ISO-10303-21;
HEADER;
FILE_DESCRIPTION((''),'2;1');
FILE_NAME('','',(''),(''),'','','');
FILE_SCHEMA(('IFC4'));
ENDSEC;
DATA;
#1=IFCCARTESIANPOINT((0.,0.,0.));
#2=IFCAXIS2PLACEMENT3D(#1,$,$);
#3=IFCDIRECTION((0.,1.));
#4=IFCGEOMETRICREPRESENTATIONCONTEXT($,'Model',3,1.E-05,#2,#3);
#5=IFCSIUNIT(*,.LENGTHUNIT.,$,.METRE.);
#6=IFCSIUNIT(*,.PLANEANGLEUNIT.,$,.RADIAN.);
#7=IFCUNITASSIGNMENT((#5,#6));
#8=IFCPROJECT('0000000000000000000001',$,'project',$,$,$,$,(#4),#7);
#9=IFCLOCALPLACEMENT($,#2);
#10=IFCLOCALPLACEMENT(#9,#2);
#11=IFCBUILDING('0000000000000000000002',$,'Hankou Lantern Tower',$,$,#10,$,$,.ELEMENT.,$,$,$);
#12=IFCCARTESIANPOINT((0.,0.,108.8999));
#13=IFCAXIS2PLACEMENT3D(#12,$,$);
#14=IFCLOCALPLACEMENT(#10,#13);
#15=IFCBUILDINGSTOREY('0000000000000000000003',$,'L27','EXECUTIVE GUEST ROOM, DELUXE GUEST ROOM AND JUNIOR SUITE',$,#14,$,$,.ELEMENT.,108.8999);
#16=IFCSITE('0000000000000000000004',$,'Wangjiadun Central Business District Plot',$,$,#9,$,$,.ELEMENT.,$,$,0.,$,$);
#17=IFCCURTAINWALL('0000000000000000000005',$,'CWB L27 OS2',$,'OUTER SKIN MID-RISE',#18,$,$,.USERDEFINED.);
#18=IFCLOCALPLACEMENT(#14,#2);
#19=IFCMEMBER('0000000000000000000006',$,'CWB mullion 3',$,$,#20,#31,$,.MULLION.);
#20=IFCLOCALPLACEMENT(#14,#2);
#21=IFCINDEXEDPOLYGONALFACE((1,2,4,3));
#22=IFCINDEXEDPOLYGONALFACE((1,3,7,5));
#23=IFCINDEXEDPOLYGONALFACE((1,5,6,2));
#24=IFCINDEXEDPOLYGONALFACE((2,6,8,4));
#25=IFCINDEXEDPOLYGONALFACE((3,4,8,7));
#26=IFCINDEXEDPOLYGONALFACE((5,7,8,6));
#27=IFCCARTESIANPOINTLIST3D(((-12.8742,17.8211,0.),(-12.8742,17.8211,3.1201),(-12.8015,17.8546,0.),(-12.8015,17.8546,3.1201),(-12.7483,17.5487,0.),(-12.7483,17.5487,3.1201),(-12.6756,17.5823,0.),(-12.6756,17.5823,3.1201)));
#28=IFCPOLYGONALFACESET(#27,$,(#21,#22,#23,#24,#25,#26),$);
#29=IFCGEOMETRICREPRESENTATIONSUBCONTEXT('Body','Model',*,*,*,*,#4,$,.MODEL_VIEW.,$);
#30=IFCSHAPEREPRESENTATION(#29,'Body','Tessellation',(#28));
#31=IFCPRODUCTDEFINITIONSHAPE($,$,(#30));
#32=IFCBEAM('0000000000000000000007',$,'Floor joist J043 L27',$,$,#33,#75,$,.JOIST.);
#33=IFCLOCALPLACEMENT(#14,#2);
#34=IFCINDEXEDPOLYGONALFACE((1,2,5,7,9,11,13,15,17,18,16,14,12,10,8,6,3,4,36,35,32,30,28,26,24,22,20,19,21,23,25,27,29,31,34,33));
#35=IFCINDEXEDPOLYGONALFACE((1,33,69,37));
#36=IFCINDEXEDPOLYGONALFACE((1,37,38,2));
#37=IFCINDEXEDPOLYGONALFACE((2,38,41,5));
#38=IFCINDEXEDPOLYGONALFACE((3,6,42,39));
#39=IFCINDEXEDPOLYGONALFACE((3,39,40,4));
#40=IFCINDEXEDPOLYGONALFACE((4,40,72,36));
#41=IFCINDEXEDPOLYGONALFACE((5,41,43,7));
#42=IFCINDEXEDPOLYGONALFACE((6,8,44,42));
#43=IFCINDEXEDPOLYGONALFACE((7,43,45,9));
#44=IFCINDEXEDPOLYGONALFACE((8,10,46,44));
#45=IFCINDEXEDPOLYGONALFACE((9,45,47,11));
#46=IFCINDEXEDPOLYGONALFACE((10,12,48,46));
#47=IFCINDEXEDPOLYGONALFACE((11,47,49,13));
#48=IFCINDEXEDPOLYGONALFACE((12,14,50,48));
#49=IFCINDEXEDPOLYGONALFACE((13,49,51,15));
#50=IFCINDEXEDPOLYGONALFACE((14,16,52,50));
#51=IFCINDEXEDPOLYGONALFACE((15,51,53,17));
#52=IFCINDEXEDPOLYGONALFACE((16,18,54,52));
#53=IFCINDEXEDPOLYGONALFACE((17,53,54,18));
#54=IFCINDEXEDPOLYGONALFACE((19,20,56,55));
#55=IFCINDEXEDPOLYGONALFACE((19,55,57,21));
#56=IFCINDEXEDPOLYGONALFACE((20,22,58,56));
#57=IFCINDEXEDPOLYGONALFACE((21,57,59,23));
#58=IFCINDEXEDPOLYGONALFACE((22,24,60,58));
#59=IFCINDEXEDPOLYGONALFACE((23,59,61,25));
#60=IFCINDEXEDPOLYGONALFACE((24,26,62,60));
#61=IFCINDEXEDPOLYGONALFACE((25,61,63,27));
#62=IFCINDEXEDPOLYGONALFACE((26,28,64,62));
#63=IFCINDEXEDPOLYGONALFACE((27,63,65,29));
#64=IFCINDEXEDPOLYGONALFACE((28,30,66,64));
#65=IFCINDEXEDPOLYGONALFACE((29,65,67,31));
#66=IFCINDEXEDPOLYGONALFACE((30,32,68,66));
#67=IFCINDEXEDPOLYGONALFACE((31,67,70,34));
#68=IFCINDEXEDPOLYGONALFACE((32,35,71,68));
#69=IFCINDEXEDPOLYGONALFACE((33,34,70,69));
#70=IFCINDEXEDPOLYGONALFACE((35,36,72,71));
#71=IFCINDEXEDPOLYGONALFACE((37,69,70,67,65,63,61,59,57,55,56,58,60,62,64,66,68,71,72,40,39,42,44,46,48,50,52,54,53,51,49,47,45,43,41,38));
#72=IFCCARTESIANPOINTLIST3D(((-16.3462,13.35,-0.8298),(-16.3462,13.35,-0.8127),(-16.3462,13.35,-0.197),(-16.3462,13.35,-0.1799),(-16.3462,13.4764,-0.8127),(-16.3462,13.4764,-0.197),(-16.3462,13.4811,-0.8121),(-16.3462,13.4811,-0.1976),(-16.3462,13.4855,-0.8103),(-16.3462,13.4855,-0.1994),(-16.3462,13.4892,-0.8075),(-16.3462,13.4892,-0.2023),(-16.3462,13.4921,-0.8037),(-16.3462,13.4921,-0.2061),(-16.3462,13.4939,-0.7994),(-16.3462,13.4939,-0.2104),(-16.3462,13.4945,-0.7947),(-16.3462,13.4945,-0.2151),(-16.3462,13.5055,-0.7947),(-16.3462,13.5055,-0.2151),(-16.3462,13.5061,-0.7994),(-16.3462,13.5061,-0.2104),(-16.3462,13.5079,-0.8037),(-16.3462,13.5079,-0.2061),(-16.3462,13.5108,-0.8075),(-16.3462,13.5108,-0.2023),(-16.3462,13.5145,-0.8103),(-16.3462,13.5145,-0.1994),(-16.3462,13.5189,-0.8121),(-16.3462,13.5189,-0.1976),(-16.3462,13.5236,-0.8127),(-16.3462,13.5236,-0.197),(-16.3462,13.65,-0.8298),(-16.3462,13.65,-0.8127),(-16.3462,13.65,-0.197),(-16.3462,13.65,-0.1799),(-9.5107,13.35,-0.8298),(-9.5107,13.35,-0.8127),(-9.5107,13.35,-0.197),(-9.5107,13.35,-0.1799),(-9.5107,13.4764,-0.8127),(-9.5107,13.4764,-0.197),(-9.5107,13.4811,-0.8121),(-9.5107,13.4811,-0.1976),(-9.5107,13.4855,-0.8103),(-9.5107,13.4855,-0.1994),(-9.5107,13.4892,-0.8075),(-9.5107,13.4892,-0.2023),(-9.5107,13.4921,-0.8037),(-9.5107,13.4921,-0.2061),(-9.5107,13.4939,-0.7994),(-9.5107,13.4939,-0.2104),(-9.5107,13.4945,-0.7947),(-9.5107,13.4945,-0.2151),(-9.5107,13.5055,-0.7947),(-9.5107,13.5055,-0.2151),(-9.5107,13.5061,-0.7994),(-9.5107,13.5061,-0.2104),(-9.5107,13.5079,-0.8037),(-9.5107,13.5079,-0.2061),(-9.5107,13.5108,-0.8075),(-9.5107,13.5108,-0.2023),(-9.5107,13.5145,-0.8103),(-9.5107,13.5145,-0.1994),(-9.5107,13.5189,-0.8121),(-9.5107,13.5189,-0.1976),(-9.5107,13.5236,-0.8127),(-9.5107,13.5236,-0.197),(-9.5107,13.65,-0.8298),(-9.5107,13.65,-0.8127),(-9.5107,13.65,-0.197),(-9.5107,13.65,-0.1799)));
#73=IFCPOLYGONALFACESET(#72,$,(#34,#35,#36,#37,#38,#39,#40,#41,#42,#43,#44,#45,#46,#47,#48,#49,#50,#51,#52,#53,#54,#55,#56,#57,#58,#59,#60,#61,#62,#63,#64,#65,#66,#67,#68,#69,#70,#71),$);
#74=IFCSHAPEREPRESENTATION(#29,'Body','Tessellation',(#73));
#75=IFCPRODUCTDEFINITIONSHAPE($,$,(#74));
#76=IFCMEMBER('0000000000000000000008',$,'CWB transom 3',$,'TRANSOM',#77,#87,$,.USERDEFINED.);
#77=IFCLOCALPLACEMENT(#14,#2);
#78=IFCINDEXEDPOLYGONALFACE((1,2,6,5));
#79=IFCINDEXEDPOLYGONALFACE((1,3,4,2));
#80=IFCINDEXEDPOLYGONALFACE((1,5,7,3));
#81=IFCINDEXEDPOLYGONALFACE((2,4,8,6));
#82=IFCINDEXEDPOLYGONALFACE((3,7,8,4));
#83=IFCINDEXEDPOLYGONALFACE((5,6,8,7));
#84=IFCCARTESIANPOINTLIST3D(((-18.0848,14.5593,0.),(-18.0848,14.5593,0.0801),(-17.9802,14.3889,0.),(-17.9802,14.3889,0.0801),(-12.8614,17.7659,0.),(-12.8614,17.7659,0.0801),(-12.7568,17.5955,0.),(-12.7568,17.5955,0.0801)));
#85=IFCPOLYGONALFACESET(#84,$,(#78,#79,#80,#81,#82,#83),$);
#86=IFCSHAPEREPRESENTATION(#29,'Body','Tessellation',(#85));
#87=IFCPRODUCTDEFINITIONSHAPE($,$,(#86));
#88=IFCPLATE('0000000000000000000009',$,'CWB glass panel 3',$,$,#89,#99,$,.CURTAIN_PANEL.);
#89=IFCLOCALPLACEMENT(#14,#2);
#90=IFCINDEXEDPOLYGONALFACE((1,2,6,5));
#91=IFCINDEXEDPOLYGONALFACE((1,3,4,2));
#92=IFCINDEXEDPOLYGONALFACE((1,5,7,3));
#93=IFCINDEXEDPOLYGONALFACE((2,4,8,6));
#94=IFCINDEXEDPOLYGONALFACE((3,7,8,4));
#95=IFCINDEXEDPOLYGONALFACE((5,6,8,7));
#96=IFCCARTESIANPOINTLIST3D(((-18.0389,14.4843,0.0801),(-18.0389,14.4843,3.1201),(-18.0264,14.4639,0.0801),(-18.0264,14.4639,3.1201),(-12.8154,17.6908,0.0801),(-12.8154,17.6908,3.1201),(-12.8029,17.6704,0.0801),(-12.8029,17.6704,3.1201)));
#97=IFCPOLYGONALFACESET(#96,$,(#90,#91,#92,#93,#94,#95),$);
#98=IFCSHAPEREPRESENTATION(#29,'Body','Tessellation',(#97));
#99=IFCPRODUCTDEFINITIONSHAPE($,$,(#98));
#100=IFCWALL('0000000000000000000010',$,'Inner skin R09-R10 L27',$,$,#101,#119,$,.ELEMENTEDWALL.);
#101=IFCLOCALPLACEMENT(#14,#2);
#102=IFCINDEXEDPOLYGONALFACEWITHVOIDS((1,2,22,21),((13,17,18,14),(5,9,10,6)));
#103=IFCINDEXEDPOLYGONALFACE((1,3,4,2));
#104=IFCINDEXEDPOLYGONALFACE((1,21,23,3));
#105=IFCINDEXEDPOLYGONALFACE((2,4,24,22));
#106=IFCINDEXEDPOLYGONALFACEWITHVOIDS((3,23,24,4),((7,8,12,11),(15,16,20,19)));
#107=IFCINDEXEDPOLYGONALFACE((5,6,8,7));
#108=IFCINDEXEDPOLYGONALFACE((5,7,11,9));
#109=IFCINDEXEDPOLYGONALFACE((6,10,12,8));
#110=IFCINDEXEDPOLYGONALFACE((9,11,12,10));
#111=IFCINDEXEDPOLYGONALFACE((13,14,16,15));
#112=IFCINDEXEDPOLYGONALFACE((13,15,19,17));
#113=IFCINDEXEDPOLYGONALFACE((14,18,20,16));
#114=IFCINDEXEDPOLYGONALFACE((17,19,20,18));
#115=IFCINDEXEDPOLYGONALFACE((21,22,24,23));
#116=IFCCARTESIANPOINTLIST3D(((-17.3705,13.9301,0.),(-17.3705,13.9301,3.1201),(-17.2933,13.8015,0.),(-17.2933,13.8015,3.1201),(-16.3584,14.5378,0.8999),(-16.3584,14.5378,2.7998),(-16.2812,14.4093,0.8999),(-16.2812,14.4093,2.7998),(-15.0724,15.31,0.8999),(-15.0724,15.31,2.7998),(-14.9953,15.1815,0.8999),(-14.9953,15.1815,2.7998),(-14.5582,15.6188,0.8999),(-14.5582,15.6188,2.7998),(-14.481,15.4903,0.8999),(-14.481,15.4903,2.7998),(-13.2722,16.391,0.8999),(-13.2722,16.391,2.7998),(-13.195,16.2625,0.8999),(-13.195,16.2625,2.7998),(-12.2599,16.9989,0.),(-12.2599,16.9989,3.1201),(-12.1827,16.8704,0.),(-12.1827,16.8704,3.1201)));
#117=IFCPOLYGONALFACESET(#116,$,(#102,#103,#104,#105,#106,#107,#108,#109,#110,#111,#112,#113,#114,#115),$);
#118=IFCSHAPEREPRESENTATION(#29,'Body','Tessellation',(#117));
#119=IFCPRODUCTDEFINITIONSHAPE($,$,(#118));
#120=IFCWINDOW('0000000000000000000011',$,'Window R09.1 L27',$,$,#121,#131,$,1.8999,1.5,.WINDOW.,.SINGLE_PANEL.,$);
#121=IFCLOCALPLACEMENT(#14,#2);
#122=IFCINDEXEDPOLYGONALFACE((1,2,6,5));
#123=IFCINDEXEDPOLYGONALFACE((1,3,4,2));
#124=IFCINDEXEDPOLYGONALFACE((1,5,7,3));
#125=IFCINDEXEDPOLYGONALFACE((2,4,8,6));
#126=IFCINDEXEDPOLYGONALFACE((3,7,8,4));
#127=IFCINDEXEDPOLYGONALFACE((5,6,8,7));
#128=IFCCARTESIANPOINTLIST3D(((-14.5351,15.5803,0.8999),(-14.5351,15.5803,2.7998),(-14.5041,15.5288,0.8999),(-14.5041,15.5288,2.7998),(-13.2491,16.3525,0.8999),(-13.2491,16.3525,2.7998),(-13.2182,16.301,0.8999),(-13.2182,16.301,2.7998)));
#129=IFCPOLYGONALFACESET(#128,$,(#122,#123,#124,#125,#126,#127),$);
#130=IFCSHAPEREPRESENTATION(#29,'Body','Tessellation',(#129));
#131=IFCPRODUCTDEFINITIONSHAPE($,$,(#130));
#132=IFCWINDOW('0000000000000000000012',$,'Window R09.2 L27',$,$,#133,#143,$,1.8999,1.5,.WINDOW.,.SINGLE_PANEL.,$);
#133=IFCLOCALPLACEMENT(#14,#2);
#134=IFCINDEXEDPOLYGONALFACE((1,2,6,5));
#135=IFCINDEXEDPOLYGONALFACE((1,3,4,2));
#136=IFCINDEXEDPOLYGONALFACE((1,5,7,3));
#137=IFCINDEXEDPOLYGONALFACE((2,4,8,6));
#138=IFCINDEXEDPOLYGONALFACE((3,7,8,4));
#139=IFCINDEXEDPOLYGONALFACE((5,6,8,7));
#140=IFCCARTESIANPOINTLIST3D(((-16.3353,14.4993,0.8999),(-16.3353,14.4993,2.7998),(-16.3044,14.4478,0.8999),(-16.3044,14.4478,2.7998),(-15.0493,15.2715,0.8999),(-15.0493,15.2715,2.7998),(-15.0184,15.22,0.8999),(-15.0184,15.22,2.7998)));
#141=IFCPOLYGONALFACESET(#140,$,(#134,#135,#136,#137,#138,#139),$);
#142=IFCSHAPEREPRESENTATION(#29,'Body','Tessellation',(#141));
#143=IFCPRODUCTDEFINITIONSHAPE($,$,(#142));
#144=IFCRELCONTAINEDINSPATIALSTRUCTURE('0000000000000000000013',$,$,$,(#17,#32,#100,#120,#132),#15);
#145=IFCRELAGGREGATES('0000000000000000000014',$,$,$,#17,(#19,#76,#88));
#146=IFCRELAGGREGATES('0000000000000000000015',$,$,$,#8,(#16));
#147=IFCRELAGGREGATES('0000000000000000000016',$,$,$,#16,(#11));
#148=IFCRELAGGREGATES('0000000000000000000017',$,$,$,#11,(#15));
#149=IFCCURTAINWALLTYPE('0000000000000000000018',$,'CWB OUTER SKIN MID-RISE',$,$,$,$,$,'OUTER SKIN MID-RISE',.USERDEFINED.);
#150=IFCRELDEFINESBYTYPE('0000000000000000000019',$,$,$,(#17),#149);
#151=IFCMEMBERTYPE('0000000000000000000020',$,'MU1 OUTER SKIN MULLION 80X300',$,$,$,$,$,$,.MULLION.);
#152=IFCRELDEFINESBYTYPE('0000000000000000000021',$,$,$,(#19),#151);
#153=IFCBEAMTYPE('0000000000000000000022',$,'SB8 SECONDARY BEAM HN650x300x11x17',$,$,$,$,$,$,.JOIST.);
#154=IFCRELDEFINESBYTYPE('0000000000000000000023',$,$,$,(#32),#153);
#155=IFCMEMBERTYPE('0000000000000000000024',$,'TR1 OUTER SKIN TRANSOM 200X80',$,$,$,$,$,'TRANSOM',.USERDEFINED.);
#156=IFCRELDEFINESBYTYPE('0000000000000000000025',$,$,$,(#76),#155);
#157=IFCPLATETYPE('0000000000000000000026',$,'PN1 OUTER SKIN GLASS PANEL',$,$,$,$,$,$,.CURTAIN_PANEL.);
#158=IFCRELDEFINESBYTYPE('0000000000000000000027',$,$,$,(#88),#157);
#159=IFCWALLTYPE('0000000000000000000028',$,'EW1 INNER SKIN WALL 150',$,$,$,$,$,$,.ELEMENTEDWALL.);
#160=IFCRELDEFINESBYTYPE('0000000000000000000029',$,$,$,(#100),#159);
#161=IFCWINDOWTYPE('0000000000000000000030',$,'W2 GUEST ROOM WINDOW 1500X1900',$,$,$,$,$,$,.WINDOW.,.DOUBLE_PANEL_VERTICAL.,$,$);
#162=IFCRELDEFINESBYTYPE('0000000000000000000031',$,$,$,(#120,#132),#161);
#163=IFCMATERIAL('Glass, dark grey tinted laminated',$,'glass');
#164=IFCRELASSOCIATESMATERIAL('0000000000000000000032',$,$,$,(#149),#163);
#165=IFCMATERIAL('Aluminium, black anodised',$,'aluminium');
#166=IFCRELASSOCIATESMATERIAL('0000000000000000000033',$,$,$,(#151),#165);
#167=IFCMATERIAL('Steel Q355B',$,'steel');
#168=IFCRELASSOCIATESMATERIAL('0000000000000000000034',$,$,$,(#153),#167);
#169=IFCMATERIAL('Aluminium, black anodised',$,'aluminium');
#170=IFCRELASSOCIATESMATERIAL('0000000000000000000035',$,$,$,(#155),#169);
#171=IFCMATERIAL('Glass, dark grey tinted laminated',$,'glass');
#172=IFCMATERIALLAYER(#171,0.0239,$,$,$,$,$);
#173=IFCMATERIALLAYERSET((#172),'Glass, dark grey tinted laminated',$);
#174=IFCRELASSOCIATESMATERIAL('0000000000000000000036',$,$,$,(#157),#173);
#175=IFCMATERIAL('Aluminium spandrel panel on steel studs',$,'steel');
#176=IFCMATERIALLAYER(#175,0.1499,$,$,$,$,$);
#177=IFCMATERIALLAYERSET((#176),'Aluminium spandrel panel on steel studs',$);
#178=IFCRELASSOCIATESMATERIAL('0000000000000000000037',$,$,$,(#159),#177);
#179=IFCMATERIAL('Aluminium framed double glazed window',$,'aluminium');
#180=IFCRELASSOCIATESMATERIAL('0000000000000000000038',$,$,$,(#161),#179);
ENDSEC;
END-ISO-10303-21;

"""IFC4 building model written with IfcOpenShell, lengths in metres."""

from ifc_helpers import new_model, si_unit, direction, frame, frame_2d, origin, origin_2d, place, context, subcontext, project, spatial, rectangle, i_section, extrude, material, layer, layer_set, material_profile, profile_set, type_object, element, fill, aggregate, save


model = new_model("IFC4")

# Units and contexts
model_context = context("Model", 3, precision=1e-05, world=origin(), true_north=direction((0.0, 1.0)))
body_context = subcontext(model_context, "Body", "Model", "MODEL_VIEW")
ifc_project = project(units=[si_unit("LENGTHUNIT", "METRE"), si_unit("PLANEANGLEUNIT", "RADIAN")], contexts=[model_context])

# Site, building, storey
site_placement = place(None, origin())
site = spatial("IfcSite", under=ifc_project, at=site_placement, Name="Wangjiadun Central Business District Plot", CompositionType="ELEMENT", RefElevation=0.0)
building_placement = place(site_placement, origin())
building = spatial("IfcBuilding", under=site, at=building_placement, Name="Hankou Lantern Tower", CompositionType="ELEMENT")
storey_placement = place(building_placement, frame((0.0, 0.0, 108.8999)))
storey = spatial("IfcBuildingStorey", under=building, at=storey_placement, Name="L27", Description="EXECUTIVE GUEST ROOM, DELUXE GUEST ROOM AND JUNIOR SUITE", CompositionType="ELEMENT", Elevation=108.8999)

# Curtain wall, member
ifc_material_1 = material(Name="Glass, dark grey tinted laminated", Category="glass")
curtain_wall_type = type_object("IfcCurtainWallType", Name="CWB OUTER SKIN MID-RISE", ElementType="OUTER SKIN MID-RISE", PredefinedType="USERDEFINED", material=ifc_material_1)
curtain_wall_placement = place(storey_placement, origin())
curtain_wall = element("IfcCurtainWall", 1, at=curtain_wall_placement, inside=storey, type_object=curtain_wall_type, Name="CWB L27 OS2", ObjectType="OUTER SKIN MID-RISE", PredefinedType="USERDEFINED")
ifc_material_2 = material(Name="Aluminium, black anodised", Category="aluminium")
ifc_material_profile_1 = material_profile(ifc_material_2, rectangle(XDim=0.0801, YDim=0.3, at=origin_2d()), Name="MU1 80X300")
ifc_profile_set_1 = profile_set([ifc_material_profile_1], Name="Aluminium, black anodised")
member_type_1 = type_object("IfcMemberType", Name="MU1 OUTER SKIN MULLION 80X300", PredefinedType="MULLION", material=ifc_profile_set_1)
member_1_placement = place(storey_placement, frame((-12.7749, 17.7017, 0.0), z_axis=(0.0, 0.0, 1.0), x_axis=(-0.907841, -0.419314, 0.0)))
member_1 = element("IfcMember", 2, at=member_1_placement, type_object=member_type_1, Name="CWB mullion 3", PredefinedType="MULLION", context=body_context, shape_type="SweptSolid", body=[
    extrude(rectangle(XDim=0.0801, YDim=0.3, at=origin_2d()), origin(), (0.0, 0.0, 1.0), 3.1201),
])

# Beam
ifc_material_3 = material(Name="Steel Q355B", Category="steel")
ifc_material_profile_2 = material_profile(ifc_material_3, i_section(OverallWidth=0.3, OverallDepth=0.6499, WebThickness=0.011, FlangeThickness=0.0171, FilletRadius=0.0181, at=origin_2d()), Name="HN650x300x11x17")
ifc_profile_set_2 = profile_set([ifc_material_profile_2], Name="Steel Q355B")
beam_type = type_object("IfcBeamType", Name="SB8 SECONDARY BEAM HN650x300x11x17", PredefinedType="JOIST", material=ifc_profile_set_2)
beam_placement = place(storey_placement, frame((-16.3462, 13.5, -0.5049), z_axis=(1.0, 0.0, 0.0), x_axis=(0.0, 1.0, 0.0)))
element("IfcBeam", 3, at=beam_placement, inside=storey, type_object=beam_type, Name="Floor joist J043 L27", PredefinedType="JOIST", context=body_context, shape_type="SweptSolid", body=[
    extrude(i_section(OverallWidth=0.3, OverallDepth=0.6499, WebThickness=0.011, FlangeThickness=0.0171, FilletRadius=0.0181, at=origin_2d()), origin(), (0.0, 0.0, 1.0), 6.8354),
])

# Member
ifc_material_4 = material(Name="Aluminium, black anodised", Category="aluminium")
ifc_material_profile_3 = material_profile(ifc_material_4, rectangle(XDim=0.2, YDim=0.0801, at=origin_2d()), Name="TR1 200X80")
ifc_profile_set_3 = profile_set([ifc_material_profile_3], Name="Aluminium, black anodised")
member_type_2 = type_object("IfcMemberType", Name="TR1 OUTER SKIN TRANSOM 200X80", ElementType="TRANSOM", PredefinedType="USERDEFINED", material=ifc_profile_set_3)
member_2_placement = place(storey_placement, frame((-12.8091, 17.6807, 0.04), z_axis=(-0.852229, -0.523168, 0.0), x_axis=(0.523168, -0.852229, 0.0)))
member_2 = element("IfcMember", 4, at=member_2_placement, type_object=member_type_2, Name="CWB transom 3", ObjectType="TRANSOM", PredefinedType="USERDEFINED", context=body_context, shape_type="SweptSolid", body=[
    extrude(rectangle(XDim=0.2, YDim=0.0801, at=origin_2d()), origin(), (0.0, 0.0, 1.0), 6.1292),
])

# Plate
ifc_material_5 = material(Name="Glass, dark grey tinted laminated", Category="glass")
ifc_layer_1 = layer(ifc_material_5, 0.0239)
ifc_layer_set_1 = layer_set([ifc_layer_1], Name="Glass, dark grey tinted laminated")
plate_type = type_object("IfcPlateType", Name="PN1 OUTER SKIN GLASS PANEL", PredefinedType="CURTAIN_PANEL", material=ifc_layer_set_1)
plate_placement = place(storey_placement, frame((-15.4209, 16.0774, 0.0801), z_axis=(0.0, 0.0, 1.0), x_axis=(-0.852237, -0.523156, 0.0)))
plate = element("IfcPlate", 5, at=plate_placement, type_object=plate_type, Name="CWB glass panel 3", PredefinedType="CURTAIN_PANEL", context=body_context, shape_type="SweptSolid", body=[
    extrude(rectangle(XDim=6.1292, YDim=0.0239, at=origin_2d()), origin(), (0.0, 0.0, 1.0), 3.04),
])
aggregate(curtain_wall, [member_1, member_2, plate])

# Wall, openings, windows
ifc_material_6 = material(Name="Aluminium spandrel panel on steel studs", Category="steel")
ifc_layer_2 = layer(ifc_material_6, 0.1499)
ifc_layer_set_2 = layer_set([ifc_layer_2], Name="Aluminium spandrel panel on steel studs")
wall_type_1 = type_object("IfcWallType", Name="EW1 INNER SKIN WALL 150", PredefinedType="ELEMENTEDWALL", material=ifc_layer_set_2)
wall_1_placement = place(storey_placement, frame((-12.2214, 16.9346, 0.0), z_axis=(0.0, 0.0, 1.0), x_axis=(-0.857309, -0.514803, 0.0)))
wall_1 = element("IfcWall", 6, at=wall_1_placement, inside=storey, type_object=wall_type_1, Name="Inner skin R09-R10 L27", PredefinedType="ELEMENTEDWALL", context=body_context, shape_type="SweptSolid", body=[
    extrude(rectangle(XDim=5.9612, YDim=0.1499, at=frame_2d((2.9805, 0.0))), origin(), (0.0, 0.0, 1.0), 3.1201),
])
opening_1_placement = place(wall_1_placement, frame((1.1807, 0.0, 0.8999)))
opening_1 = element("IfcOpeningElement", 7, at=opening_1_placement, cuts=wall_1, PredefinedType="OPENING", context=body_context, shape_type="SweptSolid", body=[
    extrude(rectangle(XDim=1.5, YDim=1.8999, at=frame_2d((0.75, 0.95))), frame((0.0, 0.085, 0.0), z_axis=(0.0, -1.0, 0.0), x_axis=(1.0, 0.0, 0.0)), (0.0, 0.0, 1.0), 0.1699),
])
opening_2_placement = place(wall_1_placement, frame((3.2805, 0.0, 0.8999)))
opening_2 = element("IfcOpeningElement", 8, at=opening_2_placement, cuts=wall_1, PredefinedType="OPENING", context=body_context, shape_type="SweptSolid", body=[
    extrude(rectangle(XDim=1.5, YDim=1.8999, at=frame_2d((0.75, 0.95))), frame((0.0, 0.085, 0.0), z_axis=(0.0, -1.0, 0.0), x_axis=(1.0, 0.0, 0.0)), (0.0, 0.0, 1.0), 0.1699),
])
ifc_material_7 = material(Name="Aluminium framed double glazed window", Category="aluminium")
window_type = type_object("IfcWindowType", Name="W2 GUEST ROOM WINDOW 1500X1900", PartitioningType="DOUBLE_PANEL_VERTICAL", PredefinedType="WINDOW", material=ifc_material_7)
window_1_placement = place(opening_1_placement, origin())
window_1 = element("IfcWindow", 9, at=window_1_placement, inside=storey, type_object=window_type, Name="Window R09.1 L27", OverallHeight=1.8999, OverallWidth=1.5, PartitioningType="SINGLE_PANEL", PredefinedType="WINDOW", context=body_context, shape_type="SweptSolid", body=[
    extrude(rectangle(XDim=1.5, YDim=1.8999, at=frame_2d((0.75, 0.95))), frame((0.0, 0.03, 0.0), z_axis=(0.0, -1.0, 0.0), x_axis=(1.0, 0.0, 0.0)), (0.0, 0.0, 1.0), 0.0601),
])
fill(opening_1, window_1)
window_2_placement = place(opening_2_placement, origin())
window_2 = element("IfcWindow", 10, at=window_2_placement, inside=storey, type_object=window_type, Name="Window R09.2 L27", OverallHeight=1.8999, OverallWidth=1.5, PartitioningType="SINGLE_PANEL", PredefinedType="WINDOW", context=body_context, shape_type="SweptSolid", body=[
    extrude(rectangle(XDim=1.5, YDim=1.8999, at=frame_2d((0.75, 0.95))), frame((0.0, 0.03, 0.0), z_axis=(0.0, -1.0, 0.0), x_axis=(1.0, 0.0, 0.0)), (0.0, 0.0, 1.0), 0.0601),
])
fill(opening_2, window_2)

save(model, "model.ifc")
